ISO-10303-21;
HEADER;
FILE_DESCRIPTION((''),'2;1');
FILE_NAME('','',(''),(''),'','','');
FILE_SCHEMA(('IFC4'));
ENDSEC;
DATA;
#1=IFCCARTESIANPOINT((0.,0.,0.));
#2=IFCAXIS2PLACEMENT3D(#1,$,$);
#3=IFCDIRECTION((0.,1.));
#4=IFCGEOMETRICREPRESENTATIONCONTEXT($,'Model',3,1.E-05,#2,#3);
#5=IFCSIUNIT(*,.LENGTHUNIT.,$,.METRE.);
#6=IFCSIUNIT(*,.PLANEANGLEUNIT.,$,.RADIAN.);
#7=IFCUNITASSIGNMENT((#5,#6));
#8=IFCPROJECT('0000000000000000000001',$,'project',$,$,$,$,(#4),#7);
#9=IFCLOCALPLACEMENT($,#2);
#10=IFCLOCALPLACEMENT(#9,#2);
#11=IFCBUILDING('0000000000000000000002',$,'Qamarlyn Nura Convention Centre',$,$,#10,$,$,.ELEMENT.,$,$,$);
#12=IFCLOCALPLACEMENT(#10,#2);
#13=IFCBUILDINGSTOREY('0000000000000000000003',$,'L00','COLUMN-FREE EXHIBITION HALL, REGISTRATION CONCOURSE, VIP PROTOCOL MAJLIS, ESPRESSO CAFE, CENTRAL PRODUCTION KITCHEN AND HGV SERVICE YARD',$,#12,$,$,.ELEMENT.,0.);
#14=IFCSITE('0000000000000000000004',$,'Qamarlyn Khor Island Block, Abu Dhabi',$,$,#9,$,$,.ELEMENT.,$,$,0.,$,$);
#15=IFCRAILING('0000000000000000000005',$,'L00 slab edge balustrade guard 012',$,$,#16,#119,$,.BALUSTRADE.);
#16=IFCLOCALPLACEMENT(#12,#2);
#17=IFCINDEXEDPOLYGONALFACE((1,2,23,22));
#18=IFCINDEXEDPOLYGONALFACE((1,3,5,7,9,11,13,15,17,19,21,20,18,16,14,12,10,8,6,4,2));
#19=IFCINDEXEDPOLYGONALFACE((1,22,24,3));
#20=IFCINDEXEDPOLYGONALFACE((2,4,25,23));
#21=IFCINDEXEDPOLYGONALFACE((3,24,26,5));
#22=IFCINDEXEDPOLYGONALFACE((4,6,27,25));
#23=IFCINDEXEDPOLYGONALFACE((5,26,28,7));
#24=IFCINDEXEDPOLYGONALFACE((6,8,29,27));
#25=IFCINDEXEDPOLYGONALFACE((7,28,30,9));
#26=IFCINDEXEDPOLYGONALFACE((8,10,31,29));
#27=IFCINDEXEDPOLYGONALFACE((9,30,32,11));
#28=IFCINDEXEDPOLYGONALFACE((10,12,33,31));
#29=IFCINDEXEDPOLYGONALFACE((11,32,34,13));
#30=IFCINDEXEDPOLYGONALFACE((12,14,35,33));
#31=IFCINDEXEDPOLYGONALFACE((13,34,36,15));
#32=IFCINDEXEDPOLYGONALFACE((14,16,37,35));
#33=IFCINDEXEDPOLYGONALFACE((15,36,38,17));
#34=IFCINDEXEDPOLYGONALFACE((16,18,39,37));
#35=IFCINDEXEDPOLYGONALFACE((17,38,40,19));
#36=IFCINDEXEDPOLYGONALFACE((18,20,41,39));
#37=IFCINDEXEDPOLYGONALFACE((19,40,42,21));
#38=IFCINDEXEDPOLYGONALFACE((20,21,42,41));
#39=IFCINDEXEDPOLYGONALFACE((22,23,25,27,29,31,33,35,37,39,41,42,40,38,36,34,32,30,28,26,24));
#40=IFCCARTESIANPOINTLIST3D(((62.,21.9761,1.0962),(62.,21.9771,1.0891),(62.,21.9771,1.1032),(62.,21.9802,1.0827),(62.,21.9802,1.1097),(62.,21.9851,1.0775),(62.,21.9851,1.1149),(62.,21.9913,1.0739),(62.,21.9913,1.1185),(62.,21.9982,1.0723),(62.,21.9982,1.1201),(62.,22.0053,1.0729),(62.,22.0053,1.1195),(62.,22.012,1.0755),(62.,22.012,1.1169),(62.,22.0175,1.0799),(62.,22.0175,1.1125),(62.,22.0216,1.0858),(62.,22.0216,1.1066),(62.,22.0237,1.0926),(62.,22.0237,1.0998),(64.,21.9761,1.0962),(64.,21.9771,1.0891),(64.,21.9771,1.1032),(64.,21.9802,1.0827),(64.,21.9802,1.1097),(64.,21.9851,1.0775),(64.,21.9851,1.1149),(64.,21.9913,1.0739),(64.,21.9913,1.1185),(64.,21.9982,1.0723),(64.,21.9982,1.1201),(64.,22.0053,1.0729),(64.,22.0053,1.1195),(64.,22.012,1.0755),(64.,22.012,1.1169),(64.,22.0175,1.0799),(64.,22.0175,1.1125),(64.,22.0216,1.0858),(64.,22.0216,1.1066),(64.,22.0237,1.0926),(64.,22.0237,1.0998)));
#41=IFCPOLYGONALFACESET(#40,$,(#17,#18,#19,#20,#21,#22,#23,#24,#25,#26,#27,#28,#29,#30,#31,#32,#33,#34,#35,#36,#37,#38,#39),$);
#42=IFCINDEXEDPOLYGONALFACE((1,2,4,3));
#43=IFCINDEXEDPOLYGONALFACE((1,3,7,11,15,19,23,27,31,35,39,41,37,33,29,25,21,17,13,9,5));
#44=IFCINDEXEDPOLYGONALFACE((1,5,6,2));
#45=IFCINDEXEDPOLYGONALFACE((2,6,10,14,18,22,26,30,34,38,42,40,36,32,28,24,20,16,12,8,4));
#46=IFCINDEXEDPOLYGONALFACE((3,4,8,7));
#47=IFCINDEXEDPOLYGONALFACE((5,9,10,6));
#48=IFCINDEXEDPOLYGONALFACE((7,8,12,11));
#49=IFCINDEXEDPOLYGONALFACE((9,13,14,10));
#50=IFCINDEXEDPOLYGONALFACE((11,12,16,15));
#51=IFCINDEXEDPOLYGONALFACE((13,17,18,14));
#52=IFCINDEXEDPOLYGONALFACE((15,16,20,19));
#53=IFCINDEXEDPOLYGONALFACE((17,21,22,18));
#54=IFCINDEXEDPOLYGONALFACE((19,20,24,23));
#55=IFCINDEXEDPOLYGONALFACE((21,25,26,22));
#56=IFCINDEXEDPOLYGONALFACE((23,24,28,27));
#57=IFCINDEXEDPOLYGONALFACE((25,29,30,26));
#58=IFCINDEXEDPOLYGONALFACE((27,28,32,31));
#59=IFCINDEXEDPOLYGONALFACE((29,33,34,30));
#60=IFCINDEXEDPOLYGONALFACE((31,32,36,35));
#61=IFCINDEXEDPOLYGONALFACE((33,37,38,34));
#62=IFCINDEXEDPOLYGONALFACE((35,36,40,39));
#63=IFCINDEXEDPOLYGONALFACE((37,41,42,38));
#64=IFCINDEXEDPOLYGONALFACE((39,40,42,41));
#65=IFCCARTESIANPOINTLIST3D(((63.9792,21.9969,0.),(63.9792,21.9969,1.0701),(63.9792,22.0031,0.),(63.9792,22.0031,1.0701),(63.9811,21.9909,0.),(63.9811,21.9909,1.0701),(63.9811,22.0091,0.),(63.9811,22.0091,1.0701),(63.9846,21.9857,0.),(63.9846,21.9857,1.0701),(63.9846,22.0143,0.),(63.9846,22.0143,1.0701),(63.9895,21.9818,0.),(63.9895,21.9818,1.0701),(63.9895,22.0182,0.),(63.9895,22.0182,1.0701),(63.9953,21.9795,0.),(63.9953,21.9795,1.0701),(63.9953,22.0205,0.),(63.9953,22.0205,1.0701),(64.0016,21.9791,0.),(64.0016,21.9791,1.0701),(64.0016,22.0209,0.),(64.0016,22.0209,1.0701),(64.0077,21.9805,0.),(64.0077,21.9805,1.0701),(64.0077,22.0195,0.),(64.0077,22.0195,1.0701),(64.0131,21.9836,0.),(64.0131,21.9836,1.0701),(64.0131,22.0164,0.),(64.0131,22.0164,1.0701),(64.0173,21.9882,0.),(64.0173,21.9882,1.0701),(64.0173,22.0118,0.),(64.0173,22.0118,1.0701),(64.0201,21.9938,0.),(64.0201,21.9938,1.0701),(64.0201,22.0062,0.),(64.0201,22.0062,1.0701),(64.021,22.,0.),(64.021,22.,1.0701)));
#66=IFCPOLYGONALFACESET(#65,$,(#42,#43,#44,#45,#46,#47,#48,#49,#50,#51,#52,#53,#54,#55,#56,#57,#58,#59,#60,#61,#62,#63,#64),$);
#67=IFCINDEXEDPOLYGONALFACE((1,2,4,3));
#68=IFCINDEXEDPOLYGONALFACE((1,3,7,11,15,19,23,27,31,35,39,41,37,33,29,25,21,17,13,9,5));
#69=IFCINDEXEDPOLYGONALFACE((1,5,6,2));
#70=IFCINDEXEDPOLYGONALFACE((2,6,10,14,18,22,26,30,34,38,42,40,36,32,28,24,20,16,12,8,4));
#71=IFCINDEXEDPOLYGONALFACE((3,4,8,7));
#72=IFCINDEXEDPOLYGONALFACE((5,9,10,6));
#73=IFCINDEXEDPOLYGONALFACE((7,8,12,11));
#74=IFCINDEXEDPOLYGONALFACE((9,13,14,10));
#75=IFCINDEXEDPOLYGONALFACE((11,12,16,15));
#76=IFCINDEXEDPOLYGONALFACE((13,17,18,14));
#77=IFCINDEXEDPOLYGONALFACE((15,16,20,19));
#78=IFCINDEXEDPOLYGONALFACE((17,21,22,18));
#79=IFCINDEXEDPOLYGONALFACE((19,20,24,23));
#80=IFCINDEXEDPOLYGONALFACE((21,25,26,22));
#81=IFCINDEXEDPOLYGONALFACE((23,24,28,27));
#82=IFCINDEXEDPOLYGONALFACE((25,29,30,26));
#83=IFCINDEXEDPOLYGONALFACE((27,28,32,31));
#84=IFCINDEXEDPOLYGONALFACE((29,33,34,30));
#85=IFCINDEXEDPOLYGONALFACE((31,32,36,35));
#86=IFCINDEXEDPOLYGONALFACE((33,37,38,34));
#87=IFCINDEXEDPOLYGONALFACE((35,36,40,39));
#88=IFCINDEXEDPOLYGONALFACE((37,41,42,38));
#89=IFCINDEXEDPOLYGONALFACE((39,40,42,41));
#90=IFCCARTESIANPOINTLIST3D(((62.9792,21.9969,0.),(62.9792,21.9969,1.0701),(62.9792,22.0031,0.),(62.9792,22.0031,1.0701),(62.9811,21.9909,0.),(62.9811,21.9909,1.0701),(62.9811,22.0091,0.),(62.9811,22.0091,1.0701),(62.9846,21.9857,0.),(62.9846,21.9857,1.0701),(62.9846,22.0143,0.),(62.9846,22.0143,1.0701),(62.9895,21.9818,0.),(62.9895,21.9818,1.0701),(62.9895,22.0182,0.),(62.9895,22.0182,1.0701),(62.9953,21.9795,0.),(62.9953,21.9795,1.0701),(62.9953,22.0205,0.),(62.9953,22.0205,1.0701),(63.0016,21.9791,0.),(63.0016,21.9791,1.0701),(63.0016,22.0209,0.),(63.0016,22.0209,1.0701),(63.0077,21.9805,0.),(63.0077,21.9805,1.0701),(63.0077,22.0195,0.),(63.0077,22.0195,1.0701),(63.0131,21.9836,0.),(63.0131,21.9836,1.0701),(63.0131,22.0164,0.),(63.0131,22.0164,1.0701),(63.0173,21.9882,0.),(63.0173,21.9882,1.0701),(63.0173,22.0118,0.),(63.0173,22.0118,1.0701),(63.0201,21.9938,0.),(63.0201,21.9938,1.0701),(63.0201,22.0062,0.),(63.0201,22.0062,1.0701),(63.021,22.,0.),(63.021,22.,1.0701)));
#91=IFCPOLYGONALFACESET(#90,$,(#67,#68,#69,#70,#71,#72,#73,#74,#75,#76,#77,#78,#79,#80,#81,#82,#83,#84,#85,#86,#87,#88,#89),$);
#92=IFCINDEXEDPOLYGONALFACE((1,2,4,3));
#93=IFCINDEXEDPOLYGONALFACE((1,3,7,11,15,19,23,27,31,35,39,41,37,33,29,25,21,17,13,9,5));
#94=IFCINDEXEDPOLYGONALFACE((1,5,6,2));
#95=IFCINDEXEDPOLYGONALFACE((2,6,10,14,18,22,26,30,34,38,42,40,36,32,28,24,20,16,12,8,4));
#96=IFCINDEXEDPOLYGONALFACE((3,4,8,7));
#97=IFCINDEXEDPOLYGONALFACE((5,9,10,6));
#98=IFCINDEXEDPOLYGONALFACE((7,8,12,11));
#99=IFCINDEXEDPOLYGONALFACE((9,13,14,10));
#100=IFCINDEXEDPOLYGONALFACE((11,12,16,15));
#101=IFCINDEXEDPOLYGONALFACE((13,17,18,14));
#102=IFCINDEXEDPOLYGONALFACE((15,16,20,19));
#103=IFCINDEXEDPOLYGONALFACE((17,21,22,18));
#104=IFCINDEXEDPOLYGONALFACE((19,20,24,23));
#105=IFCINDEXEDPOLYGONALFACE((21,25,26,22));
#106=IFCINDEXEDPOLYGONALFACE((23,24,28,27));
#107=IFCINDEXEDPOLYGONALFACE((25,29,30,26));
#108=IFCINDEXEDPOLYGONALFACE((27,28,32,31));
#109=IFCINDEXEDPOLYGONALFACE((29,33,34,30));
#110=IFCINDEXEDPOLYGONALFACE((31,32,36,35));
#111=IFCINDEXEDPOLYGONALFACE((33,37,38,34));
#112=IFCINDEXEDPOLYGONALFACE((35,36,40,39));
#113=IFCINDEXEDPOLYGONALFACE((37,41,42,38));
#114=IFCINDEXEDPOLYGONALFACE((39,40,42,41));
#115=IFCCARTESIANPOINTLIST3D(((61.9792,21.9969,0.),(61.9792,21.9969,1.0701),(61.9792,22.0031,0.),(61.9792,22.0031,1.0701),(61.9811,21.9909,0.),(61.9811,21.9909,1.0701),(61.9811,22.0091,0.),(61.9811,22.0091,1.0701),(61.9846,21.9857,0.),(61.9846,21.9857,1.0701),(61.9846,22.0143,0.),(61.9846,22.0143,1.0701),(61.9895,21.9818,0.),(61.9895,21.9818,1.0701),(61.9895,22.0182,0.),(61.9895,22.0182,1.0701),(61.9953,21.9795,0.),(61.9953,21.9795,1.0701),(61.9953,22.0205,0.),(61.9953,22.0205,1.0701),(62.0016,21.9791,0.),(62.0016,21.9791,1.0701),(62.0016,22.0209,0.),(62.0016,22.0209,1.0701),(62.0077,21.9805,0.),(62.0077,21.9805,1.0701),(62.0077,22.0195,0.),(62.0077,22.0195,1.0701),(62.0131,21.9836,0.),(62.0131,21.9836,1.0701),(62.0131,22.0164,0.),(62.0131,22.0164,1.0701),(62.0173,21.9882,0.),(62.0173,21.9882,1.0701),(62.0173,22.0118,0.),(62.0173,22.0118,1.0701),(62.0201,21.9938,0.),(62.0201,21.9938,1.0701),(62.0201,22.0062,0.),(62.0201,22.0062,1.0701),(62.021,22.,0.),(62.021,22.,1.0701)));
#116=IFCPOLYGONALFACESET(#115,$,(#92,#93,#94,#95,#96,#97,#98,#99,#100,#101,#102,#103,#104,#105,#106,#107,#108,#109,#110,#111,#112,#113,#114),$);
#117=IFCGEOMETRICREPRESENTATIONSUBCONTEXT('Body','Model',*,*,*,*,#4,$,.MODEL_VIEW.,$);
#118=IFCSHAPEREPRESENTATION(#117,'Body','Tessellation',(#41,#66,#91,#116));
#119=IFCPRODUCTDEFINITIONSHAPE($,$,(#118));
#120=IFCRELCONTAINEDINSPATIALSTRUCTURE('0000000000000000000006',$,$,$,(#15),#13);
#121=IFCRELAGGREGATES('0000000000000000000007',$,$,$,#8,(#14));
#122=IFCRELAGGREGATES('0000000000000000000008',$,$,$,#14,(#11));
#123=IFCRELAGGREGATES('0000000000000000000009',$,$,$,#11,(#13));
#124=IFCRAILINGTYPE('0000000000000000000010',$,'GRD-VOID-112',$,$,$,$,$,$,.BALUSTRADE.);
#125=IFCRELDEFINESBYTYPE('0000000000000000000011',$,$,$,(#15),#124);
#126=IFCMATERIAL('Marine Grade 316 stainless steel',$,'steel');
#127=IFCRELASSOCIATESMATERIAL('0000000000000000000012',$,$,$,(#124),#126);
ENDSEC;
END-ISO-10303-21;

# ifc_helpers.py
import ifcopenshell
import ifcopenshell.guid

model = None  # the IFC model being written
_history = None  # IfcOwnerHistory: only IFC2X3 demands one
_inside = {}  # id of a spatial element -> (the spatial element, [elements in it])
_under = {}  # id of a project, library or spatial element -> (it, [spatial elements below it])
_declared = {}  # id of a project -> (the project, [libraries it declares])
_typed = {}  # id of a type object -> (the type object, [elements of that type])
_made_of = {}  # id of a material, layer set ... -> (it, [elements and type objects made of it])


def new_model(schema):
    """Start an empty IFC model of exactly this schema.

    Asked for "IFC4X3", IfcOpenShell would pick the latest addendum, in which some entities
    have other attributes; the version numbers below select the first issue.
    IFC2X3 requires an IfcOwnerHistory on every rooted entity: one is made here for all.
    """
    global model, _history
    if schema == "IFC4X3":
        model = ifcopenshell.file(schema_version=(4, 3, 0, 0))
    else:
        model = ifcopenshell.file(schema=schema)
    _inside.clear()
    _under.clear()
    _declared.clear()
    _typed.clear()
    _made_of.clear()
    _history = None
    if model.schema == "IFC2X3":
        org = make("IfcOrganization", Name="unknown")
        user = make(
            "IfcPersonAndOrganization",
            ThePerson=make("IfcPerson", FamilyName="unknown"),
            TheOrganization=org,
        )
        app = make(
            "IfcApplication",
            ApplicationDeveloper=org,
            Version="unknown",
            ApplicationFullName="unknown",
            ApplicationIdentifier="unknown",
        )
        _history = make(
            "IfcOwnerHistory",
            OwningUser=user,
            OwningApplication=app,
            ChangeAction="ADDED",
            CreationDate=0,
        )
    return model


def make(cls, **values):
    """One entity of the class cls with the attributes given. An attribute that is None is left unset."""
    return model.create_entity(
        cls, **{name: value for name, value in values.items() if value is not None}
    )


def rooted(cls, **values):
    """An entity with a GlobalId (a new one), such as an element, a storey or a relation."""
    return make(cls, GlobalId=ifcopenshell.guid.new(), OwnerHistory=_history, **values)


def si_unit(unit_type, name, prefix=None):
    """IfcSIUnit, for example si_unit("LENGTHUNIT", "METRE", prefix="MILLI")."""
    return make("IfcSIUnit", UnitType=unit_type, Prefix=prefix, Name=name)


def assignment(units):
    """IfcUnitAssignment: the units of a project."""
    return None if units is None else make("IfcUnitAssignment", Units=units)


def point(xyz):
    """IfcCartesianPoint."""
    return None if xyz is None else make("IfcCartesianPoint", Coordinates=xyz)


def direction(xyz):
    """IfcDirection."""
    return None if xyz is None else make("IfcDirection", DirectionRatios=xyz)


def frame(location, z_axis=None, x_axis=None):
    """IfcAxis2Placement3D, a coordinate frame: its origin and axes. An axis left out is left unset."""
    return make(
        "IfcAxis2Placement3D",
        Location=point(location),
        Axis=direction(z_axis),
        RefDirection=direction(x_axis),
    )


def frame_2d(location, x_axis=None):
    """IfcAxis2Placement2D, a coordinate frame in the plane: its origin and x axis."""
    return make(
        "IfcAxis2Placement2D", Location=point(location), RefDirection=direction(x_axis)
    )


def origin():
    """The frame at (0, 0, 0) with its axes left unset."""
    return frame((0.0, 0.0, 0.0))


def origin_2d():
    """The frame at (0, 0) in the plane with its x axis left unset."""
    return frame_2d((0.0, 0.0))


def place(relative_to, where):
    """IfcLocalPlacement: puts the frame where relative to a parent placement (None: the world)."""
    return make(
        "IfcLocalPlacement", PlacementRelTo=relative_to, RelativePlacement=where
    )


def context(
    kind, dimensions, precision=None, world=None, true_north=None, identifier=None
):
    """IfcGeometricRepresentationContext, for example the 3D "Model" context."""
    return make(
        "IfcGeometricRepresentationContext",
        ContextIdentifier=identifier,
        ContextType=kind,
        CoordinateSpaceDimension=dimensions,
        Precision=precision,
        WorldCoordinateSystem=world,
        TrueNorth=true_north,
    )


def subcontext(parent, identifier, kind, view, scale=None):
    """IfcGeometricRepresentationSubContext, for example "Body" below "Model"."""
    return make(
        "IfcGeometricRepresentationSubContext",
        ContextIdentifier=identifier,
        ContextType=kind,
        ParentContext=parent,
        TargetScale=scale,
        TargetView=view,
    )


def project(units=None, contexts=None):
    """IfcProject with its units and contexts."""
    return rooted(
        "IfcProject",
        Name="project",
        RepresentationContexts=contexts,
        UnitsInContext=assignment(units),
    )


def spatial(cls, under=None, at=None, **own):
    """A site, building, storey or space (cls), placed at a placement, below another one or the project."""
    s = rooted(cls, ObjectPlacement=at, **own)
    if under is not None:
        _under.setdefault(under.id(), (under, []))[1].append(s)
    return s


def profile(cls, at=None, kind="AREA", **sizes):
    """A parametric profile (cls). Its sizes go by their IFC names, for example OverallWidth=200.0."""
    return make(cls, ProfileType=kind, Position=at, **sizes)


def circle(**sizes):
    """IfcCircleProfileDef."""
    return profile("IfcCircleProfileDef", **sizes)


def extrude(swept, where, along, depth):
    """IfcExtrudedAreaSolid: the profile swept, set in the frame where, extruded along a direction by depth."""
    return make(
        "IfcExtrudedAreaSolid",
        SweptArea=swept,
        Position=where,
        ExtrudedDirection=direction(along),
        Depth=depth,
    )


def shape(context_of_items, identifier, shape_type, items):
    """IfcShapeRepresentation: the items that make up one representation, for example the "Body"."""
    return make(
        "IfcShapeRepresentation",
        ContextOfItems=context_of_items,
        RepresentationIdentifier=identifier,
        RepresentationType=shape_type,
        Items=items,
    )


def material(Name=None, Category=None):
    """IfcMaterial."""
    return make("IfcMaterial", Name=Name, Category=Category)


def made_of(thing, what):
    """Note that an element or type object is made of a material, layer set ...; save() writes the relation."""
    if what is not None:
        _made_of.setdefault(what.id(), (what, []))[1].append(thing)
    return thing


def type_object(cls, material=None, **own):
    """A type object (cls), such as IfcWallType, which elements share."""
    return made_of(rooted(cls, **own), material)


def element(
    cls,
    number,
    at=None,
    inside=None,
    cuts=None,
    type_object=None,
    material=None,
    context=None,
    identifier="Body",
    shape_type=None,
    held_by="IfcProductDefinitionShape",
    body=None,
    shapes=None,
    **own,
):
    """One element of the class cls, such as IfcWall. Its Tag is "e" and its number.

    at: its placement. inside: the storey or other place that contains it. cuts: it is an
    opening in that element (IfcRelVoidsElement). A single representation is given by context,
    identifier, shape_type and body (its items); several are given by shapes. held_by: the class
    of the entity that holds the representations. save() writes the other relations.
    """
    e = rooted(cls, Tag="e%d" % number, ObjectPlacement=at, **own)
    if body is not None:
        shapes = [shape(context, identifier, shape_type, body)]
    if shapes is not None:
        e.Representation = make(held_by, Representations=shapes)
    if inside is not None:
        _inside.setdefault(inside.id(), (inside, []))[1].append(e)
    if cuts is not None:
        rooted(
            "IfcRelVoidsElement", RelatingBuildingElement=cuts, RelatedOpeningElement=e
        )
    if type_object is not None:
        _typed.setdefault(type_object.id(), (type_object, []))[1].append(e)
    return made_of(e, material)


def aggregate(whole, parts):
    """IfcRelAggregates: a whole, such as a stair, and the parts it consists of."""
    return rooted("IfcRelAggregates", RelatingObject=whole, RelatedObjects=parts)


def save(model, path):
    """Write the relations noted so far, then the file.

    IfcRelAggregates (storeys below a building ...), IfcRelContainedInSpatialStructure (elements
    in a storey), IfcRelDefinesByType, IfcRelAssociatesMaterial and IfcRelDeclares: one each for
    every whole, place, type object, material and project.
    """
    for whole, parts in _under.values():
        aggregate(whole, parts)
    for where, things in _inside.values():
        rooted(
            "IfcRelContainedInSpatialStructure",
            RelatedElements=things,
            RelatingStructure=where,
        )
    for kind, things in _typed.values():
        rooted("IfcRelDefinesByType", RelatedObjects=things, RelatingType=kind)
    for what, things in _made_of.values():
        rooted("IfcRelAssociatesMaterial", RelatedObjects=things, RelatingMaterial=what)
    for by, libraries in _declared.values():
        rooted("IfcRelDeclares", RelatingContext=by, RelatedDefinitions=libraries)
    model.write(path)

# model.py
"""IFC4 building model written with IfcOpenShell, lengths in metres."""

from ifc_helpers import new_model, si_unit, direction, frame, origin, origin_2d, place, context, subcontext, project, spatial, circle, extrude, material, type_object, element, save


model = new_model("IFC4")

# Units and contexts
model_context = context("Model", 3, precision=1e-05, world=origin(), true_north=direction((0.0, 1.0)))
body_context = subcontext(model_context, "Body", "Model", "MODEL_VIEW")
ifc_project = project(units=[si_unit("LENGTHUNIT", "METRE"), si_unit("PLANEANGLEUNIT", "RADIAN")], contexts=[model_context])

# Site, building, storey
site_placement = place(None, origin())
site = spatial("IfcSite", under=ifc_project, at=site_placement, Name="Qamarlyn Khor Island Block, Abu Dhabi", CompositionType="ELEMENT", RefElevation=0.0)
building_placement = place(site_placement, origin())
building = spatial("IfcBuilding", under=site, at=building_placement, Name="Qamarlyn Nura Convention Centre", CompositionType="ELEMENT")
storey_placement = place(building_placement, origin())
storey = spatial("IfcBuildingStorey", under=building, at=storey_placement, Name="L00", Description="COLUMN-FREE EXHIBITION HALL, REGISTRATION CONCOURSE, VIP PROTOCOL MAJLIS, ESPRESSO CAFE, CENTRAL PRODUCTION KITCHEN AND HGV SERVICE YARD", CompositionType="ELEMENT", Elevation=0.0)

# Railing
ifc_material_1 = material(Name="Marine Grade 316 stainless steel", Category="steel")
railing_type_1 = type_object("IfcRailingType", Name="GRD-VOID-112", PredefinedType="BALUSTRADE", material=ifc_material_1)
railing_1_placement = place(storey_placement, frame((64.0, 22.0, 0.0)))
element("IfcRailing", 1, at=railing_1_placement, inside=storey, type_object=railing_type_1, Name="L00 slab edge balustrade guard 012", PredefinedType="BALUSTRADE", context=body_context, shape_type="SweptSolid", body=[
    extrude(circle(Radius=0.0239, at=origin_2d()), frame((0.0, 0.0, 1.0962), z_axis=(-1.0, 0.0, 0.0), x_axis=(0.0, -1.0, 0.0)), (0.0, 0.0, 1.0), 2.0),
    extrude(circle(Radius=0.021, at=origin_2d()), origin(), (0.0, 0.0, 1.0), 1.0701),
    extrude(circle(Radius=0.021, at=origin_2d()), frame((-1.0, 0.0, 0.0)), (0.0, 0.0, 1.0), 1.0701),
    extrude(circle(Radius=0.021, at=origin_2d()), frame((-2.0, 0.0, 0.0)), (0.0, 0.0, 1.0), 1.0701),
])

save(model, "model.ifc")
